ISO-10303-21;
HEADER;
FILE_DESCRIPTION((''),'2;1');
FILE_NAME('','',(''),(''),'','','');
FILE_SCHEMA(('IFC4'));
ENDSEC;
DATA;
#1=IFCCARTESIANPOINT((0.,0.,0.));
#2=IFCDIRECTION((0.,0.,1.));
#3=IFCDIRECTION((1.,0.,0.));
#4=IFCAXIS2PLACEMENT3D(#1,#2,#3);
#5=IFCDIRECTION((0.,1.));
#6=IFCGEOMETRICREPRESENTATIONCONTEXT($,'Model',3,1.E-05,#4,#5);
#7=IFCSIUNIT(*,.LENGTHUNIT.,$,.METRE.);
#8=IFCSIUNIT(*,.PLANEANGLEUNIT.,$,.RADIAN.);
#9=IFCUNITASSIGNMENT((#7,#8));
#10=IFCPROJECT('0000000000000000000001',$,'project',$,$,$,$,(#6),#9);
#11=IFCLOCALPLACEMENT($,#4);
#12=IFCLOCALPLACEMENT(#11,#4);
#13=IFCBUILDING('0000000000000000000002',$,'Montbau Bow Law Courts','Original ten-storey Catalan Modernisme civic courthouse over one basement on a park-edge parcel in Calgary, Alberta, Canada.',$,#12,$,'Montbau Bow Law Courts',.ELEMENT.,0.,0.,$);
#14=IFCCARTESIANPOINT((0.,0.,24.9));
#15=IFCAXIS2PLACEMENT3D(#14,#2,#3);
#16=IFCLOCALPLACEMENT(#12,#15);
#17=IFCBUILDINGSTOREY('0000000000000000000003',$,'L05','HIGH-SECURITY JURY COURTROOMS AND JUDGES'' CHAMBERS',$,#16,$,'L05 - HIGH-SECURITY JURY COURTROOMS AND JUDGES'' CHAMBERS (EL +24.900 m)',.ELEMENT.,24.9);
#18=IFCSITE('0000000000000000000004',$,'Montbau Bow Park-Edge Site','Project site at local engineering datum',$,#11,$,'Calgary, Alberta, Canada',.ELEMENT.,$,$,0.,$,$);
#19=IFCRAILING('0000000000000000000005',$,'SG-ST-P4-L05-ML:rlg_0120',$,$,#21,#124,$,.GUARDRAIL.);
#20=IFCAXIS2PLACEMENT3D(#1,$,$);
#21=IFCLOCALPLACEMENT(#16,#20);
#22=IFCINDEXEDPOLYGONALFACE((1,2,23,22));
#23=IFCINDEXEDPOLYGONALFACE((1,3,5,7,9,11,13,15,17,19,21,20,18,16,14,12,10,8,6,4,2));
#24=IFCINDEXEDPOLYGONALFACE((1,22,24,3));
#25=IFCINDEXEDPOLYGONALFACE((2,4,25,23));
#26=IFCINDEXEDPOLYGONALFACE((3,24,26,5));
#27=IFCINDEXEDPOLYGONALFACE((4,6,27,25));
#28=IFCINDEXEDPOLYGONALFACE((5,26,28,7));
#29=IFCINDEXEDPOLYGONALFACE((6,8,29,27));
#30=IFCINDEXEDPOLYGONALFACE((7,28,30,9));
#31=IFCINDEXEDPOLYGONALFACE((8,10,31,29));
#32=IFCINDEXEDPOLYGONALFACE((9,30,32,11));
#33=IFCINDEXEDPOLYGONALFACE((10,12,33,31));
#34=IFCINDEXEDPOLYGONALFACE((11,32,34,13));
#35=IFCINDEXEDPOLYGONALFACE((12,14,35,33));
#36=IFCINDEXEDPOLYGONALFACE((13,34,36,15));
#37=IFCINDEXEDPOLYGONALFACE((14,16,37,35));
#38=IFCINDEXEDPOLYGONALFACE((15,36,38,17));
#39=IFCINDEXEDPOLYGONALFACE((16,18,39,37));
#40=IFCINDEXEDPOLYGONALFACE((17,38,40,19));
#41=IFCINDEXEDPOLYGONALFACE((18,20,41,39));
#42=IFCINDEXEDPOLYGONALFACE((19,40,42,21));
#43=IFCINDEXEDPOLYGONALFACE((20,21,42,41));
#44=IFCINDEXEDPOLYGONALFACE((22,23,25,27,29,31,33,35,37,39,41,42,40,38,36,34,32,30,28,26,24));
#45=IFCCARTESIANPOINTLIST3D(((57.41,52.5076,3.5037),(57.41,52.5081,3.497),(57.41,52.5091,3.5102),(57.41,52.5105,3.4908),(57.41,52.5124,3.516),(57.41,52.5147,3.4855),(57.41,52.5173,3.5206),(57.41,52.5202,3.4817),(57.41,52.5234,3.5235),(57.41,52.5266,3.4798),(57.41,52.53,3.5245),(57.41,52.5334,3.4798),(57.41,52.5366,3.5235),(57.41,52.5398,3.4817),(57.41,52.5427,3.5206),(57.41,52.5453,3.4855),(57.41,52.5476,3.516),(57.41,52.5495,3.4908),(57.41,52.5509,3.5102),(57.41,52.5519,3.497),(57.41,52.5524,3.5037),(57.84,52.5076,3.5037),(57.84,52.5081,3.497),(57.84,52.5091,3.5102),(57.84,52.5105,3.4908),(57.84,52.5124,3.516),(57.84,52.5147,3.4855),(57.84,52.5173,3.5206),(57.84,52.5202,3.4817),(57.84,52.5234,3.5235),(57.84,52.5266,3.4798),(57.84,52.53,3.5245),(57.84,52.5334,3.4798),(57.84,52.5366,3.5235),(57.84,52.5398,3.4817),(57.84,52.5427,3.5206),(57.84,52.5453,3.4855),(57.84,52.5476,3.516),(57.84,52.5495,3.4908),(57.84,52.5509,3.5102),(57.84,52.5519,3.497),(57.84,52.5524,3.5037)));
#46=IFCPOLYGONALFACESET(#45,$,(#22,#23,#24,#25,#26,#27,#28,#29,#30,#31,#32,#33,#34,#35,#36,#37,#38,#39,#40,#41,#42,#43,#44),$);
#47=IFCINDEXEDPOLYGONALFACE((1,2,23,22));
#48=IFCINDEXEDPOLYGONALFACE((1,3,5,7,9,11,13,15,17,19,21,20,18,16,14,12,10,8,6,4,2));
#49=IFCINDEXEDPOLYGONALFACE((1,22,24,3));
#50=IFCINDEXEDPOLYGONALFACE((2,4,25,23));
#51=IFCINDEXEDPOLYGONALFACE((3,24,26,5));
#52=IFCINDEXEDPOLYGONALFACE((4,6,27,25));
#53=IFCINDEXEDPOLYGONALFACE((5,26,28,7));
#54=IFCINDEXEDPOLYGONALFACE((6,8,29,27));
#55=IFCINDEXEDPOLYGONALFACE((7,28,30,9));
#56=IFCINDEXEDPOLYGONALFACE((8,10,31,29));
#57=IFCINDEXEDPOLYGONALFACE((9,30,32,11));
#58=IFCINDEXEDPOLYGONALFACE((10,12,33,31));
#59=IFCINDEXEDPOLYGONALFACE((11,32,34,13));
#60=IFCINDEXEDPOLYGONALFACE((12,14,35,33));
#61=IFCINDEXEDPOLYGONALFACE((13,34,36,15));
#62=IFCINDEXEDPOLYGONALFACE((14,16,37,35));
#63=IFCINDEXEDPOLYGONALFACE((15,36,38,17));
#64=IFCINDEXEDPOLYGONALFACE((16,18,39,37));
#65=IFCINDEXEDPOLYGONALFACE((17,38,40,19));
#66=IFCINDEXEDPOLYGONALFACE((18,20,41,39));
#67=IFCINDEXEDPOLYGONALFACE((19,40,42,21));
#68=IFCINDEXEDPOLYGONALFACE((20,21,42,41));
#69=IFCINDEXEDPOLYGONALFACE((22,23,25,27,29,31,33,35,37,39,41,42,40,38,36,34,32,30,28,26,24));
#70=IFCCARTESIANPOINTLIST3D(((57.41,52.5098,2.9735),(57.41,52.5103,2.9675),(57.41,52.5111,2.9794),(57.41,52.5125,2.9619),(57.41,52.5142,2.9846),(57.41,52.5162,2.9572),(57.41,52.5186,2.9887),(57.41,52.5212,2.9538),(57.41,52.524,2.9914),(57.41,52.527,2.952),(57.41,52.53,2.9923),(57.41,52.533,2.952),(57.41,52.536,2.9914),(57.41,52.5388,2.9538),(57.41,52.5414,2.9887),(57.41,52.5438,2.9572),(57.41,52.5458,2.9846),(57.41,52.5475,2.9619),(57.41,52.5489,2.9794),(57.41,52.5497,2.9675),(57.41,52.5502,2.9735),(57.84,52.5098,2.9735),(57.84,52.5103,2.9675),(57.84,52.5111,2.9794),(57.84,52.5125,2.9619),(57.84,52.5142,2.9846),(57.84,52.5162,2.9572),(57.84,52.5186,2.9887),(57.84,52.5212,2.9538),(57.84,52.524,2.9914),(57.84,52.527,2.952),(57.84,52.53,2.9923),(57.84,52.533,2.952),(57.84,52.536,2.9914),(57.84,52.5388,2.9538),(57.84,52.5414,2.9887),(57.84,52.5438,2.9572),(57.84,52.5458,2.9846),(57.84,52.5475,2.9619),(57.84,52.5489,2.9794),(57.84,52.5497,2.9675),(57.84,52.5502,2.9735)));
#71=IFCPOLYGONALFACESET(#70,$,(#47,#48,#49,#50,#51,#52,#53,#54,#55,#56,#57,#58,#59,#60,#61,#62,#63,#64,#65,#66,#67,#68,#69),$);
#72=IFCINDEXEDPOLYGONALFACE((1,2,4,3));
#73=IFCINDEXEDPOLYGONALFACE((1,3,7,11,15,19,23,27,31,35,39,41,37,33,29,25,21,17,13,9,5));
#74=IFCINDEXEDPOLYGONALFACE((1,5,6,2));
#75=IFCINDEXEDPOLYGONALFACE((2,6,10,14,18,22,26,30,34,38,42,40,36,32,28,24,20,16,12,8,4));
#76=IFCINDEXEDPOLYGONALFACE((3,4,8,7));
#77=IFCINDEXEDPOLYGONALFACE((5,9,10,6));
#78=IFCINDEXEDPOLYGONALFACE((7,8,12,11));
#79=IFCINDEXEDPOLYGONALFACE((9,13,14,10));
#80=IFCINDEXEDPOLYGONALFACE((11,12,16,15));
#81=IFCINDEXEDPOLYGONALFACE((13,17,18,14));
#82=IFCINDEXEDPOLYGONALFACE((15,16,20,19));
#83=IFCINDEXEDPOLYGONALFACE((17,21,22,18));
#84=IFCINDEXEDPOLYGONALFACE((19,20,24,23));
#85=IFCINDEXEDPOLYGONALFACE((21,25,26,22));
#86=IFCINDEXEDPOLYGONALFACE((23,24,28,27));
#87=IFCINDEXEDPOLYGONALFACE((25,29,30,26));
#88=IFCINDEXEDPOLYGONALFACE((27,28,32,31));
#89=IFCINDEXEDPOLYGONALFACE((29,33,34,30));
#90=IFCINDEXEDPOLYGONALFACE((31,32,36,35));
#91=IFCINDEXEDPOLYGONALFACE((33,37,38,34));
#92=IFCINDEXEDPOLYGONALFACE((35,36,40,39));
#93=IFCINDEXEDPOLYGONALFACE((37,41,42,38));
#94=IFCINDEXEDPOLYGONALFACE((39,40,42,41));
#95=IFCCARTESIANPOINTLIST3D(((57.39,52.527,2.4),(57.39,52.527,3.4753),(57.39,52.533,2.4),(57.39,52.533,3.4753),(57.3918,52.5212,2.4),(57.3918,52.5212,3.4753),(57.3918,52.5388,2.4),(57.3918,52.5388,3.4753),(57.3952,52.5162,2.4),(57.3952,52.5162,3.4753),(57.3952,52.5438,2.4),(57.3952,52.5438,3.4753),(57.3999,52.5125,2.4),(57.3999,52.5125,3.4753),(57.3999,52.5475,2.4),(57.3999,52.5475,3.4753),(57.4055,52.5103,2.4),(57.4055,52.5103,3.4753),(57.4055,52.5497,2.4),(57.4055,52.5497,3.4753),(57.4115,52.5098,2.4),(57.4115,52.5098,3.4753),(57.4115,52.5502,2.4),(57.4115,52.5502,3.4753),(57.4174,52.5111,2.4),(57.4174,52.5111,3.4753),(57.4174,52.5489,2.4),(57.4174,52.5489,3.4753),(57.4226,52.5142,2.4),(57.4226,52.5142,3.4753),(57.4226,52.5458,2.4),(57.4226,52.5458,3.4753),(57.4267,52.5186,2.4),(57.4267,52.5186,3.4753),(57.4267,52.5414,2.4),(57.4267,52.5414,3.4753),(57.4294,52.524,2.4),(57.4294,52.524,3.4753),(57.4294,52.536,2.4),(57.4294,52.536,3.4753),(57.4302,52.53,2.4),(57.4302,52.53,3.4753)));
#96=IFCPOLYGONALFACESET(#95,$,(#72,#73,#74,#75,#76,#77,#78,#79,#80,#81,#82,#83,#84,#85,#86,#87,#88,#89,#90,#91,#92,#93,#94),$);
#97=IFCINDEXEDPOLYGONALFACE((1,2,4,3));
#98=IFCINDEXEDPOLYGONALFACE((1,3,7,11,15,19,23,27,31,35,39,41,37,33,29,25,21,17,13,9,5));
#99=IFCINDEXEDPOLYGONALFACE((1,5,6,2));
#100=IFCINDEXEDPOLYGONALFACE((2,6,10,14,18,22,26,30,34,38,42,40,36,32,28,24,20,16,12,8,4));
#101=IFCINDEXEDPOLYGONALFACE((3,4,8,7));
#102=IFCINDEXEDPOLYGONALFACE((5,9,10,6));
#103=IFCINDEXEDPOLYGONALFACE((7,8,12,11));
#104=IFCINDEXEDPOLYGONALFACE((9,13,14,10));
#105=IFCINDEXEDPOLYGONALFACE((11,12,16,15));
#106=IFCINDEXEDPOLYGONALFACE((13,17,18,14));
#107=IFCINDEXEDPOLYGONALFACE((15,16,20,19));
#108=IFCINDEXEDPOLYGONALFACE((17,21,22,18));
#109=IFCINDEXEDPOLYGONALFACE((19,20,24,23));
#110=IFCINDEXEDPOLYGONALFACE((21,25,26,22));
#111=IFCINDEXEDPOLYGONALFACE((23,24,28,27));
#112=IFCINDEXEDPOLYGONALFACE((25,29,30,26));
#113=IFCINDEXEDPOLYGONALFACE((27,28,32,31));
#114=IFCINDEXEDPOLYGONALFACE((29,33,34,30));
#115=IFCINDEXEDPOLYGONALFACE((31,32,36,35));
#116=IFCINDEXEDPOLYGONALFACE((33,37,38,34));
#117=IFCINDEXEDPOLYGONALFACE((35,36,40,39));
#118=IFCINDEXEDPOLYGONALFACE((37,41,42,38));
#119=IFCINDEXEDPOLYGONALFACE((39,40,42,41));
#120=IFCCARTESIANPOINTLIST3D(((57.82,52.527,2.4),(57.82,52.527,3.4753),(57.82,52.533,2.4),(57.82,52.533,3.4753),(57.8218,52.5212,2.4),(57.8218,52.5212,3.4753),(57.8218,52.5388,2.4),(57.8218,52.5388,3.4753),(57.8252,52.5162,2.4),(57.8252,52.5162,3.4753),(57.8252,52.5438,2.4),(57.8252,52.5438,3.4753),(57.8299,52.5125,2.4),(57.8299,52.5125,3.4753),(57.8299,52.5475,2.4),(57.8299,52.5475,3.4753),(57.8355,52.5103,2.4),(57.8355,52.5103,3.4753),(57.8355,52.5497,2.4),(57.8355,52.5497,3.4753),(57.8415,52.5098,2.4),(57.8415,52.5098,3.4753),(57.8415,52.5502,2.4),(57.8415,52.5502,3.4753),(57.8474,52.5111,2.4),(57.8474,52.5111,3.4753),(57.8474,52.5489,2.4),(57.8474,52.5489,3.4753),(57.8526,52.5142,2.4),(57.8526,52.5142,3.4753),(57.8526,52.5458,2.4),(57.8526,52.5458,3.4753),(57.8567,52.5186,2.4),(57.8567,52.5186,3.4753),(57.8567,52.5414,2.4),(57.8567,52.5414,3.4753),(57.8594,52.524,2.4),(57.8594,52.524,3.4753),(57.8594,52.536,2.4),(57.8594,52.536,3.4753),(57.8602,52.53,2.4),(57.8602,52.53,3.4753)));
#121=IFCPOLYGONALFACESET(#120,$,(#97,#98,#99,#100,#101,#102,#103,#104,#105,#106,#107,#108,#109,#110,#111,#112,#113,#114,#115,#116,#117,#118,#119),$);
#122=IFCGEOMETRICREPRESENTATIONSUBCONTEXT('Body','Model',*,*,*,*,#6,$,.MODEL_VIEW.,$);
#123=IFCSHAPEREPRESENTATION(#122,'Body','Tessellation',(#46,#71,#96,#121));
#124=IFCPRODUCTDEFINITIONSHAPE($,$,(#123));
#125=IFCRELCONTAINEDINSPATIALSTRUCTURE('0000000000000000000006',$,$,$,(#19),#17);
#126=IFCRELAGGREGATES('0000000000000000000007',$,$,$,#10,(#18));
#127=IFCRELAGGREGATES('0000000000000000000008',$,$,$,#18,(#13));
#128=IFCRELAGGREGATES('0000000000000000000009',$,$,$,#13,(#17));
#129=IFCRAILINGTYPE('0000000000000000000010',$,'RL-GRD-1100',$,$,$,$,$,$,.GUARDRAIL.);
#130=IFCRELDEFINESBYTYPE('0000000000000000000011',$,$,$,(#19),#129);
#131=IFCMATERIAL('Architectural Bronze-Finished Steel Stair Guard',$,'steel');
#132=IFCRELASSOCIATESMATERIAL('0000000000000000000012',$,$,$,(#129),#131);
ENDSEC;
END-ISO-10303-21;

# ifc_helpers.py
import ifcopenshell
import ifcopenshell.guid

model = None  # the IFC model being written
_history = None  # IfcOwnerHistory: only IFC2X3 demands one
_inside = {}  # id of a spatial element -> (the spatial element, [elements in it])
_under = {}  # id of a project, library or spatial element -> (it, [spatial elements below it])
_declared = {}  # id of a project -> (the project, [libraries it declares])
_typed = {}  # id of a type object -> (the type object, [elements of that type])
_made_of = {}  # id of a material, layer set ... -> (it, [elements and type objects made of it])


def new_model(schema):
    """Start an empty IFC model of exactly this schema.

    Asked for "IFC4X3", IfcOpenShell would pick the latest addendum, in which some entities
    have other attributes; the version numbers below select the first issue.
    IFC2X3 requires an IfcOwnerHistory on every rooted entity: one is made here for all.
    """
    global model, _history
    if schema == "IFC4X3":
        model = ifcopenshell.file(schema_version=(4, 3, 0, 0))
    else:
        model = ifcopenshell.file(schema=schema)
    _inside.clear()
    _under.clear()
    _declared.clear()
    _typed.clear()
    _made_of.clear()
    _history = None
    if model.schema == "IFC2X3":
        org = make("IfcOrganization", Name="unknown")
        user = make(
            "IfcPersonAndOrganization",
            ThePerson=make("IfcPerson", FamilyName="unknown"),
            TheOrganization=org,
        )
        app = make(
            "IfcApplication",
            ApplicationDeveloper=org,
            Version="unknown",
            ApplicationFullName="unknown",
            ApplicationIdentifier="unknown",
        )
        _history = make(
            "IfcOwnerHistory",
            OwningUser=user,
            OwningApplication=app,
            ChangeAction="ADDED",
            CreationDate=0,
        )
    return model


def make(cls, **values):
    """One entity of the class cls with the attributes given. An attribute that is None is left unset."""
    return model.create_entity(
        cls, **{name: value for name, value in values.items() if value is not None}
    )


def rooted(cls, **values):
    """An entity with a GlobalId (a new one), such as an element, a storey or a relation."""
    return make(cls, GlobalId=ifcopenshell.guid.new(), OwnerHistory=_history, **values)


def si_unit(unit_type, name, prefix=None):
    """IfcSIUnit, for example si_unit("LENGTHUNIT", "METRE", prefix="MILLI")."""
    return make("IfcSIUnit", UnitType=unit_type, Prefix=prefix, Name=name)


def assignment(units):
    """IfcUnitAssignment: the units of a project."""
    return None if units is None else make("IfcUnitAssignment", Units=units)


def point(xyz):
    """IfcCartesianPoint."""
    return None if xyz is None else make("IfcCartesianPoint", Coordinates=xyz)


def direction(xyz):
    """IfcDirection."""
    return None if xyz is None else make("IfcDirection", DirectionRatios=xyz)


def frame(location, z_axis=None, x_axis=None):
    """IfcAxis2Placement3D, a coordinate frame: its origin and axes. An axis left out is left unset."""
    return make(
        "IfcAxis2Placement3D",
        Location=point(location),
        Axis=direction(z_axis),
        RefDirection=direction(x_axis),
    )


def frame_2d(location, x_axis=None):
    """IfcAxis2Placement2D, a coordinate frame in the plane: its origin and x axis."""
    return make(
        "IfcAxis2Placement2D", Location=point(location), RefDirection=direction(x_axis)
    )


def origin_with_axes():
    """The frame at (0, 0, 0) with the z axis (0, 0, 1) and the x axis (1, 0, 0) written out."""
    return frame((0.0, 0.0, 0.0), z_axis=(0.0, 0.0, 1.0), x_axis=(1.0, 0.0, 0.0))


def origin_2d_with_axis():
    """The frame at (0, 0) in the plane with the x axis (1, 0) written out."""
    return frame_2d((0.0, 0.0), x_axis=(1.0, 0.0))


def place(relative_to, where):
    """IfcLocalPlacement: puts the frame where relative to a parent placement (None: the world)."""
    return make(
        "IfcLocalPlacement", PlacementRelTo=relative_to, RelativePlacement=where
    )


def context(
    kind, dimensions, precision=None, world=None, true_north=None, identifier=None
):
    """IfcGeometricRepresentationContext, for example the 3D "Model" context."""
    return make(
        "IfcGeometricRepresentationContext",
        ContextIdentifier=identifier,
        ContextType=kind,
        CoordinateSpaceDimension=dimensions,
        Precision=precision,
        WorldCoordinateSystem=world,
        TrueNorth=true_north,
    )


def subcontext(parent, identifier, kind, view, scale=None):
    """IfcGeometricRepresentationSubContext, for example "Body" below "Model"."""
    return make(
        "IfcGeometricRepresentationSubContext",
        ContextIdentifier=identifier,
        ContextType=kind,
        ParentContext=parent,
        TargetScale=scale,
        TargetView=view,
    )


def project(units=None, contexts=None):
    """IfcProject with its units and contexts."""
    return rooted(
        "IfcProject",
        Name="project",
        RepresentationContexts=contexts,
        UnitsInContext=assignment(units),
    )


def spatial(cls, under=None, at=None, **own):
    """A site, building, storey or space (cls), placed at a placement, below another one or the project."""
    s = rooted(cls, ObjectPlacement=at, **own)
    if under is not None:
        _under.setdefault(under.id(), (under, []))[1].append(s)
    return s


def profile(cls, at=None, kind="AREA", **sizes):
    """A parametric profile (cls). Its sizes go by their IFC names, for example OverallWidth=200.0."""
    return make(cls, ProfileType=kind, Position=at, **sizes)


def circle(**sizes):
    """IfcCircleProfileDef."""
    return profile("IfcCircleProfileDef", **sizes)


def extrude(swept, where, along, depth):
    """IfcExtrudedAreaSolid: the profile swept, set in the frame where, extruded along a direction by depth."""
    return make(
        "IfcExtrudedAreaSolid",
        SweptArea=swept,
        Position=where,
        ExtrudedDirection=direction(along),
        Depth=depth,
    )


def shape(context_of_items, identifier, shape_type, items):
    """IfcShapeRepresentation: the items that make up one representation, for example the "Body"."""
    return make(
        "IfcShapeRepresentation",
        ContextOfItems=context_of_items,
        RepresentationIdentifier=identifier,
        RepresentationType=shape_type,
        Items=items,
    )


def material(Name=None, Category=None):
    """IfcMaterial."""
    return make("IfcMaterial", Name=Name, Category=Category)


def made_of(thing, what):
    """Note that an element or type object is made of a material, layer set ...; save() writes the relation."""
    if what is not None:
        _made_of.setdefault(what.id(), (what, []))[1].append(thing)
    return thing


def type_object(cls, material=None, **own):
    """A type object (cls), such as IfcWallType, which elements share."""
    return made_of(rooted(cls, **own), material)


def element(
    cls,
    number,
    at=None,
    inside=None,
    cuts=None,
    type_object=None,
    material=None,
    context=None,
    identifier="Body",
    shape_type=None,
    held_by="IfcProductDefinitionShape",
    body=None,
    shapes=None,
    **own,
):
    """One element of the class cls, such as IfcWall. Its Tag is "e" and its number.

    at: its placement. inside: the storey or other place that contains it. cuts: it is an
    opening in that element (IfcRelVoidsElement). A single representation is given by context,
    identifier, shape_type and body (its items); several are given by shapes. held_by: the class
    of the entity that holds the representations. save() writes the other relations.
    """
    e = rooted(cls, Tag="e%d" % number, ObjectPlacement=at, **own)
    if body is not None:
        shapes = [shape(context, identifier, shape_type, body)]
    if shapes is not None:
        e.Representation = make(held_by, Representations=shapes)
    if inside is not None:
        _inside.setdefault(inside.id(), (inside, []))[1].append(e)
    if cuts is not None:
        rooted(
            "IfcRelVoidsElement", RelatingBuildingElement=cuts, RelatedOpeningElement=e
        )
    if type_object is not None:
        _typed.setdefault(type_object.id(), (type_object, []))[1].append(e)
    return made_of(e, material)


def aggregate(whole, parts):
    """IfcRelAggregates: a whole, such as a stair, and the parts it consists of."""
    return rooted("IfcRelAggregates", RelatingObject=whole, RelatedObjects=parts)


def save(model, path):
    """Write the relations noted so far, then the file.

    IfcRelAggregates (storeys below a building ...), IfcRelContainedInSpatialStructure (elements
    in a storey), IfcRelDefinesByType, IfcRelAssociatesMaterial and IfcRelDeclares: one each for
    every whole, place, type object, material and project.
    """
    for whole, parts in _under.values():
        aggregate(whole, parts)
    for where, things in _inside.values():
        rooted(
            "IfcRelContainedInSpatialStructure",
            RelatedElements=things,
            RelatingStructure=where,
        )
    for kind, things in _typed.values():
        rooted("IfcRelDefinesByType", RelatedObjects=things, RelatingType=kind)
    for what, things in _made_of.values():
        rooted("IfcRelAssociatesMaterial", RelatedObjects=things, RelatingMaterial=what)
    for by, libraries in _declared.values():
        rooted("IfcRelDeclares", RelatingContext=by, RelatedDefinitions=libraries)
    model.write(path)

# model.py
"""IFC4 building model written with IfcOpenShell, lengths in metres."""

from ifc_helpers import new_model, si_unit, direction, frame, origin_with_axes, origin_2d_with_axis, place, context, subcontext, project, spatial, circle, extrude, material, type_object, element, save


model = new_model("IFC4")

# Units and contexts
model_context = context("Model", 3, precision=1e-05, world=origin_with_axes(), true_north=direction((0.0, 1.0)))
body_context = subcontext(model_context, "Body", "Model", "MODEL_VIEW")
ifc_project = project(units=[si_unit("LENGTHUNIT", "METRE"), si_unit("PLANEANGLEUNIT", "RADIAN")], contexts=[model_context])

# Site, building, storey
site_placement = place(None, origin_with_axes())
site = spatial("IfcSite", under=ifc_project, at=site_placement, Name="Montbau Bow Park-Edge Site", Description="Project site at local engineering datum", LongName="Calgary, Alberta, Canada", CompositionType="ELEMENT", RefElevation=0.0)
building_placement = place(site_placement, origin_with_axes())
building = spatial("IfcBuilding", under=site, at=building_placement, Name="Montbau Bow Law Courts", Description="Original ten-storey Catalan Modernisme civic courthouse over one basement on a park-edge parcel in Calgary, Alberta, Canada.", LongName="Montbau Bow Law Courts", CompositionType="ELEMENT", ElevationOfRefHeight=0.0, ElevationOfTerrain=0.0)
storey_placement = place(building_placement, frame((0.0, 0.0, 24.9), z_axis=(0.0, 0.0, 1.0), x_axis=(1.0, 0.0, 0.0)))
storey = spatial("IfcBuildingStorey", under=building, at=storey_placement, Name="L05", Description="HIGH-SECURITY JURY COURTROOMS AND JUDGES' CHAMBERS", LongName="L05 - HIGH-SECURITY JURY COURTROOMS AND JUDGES' CHAMBERS (EL +24.900 m)", CompositionType="ELEMENT", Elevation=24.9)

# Railing
ifc_material_1 = material(Name="Architectural Bronze-Finished Steel Stair Guard", Category="steel")
railing_type_1 = type_object("IfcRailingType", Name="RL-GRD-1100", PredefinedType="GUARDRAIL", material=ifc_material_1)
railing_1_placement = place(None, origin_with_axes())
element("IfcRailing", 1, at=railing_1_placement, inside=storey, type_object=railing_type_1, Name="SG-ST-P4-L05-ML:rlg_0120", PredefinedType="GUARDRAIL", context=body_context, shape_type="SweptSolid", body=[
    extrude(circle(Radius=0.0225, at=origin_2d_with_axis()), frame((57.41, 52.53, 28.402), z_axis=(1.0, 0.0, 0.0), x_axis=(0.0, 0.0, 1.0)), (0.0, 0.0, 1.0), 0.43),
    extrude(circle(Radius=0.0203, at=origin_2d_with_axis()), frame((57.41, 52.53, 27.872), z_axis=(1.0, 0.0, 0.0), x_axis=(0.0, 0.0, 1.0)), (0.0, 0.0, 1.0), 0.43),
    extrude(circle(Radius=0.0203, at=origin_2d_with_axis()), frame((57.41, 52.53, 27.3), z_axis=(0.0, 0.0, 1.0), x_axis=(1.0, 0.0, 0.0)), (0.0, 0.0, 1.0), 1.0753),
    extrude(circle(Radius=0.0203, at=origin_2d_with_axis()), frame((57.84, 52.53, 27.3), z_axis=(0.0, 0.0, 1.0), x_axis=(1.0, 0.0, 0.0)), (0.0, 0.0, 1.0), 1.0753),
])

save(model, "model.ifc")
